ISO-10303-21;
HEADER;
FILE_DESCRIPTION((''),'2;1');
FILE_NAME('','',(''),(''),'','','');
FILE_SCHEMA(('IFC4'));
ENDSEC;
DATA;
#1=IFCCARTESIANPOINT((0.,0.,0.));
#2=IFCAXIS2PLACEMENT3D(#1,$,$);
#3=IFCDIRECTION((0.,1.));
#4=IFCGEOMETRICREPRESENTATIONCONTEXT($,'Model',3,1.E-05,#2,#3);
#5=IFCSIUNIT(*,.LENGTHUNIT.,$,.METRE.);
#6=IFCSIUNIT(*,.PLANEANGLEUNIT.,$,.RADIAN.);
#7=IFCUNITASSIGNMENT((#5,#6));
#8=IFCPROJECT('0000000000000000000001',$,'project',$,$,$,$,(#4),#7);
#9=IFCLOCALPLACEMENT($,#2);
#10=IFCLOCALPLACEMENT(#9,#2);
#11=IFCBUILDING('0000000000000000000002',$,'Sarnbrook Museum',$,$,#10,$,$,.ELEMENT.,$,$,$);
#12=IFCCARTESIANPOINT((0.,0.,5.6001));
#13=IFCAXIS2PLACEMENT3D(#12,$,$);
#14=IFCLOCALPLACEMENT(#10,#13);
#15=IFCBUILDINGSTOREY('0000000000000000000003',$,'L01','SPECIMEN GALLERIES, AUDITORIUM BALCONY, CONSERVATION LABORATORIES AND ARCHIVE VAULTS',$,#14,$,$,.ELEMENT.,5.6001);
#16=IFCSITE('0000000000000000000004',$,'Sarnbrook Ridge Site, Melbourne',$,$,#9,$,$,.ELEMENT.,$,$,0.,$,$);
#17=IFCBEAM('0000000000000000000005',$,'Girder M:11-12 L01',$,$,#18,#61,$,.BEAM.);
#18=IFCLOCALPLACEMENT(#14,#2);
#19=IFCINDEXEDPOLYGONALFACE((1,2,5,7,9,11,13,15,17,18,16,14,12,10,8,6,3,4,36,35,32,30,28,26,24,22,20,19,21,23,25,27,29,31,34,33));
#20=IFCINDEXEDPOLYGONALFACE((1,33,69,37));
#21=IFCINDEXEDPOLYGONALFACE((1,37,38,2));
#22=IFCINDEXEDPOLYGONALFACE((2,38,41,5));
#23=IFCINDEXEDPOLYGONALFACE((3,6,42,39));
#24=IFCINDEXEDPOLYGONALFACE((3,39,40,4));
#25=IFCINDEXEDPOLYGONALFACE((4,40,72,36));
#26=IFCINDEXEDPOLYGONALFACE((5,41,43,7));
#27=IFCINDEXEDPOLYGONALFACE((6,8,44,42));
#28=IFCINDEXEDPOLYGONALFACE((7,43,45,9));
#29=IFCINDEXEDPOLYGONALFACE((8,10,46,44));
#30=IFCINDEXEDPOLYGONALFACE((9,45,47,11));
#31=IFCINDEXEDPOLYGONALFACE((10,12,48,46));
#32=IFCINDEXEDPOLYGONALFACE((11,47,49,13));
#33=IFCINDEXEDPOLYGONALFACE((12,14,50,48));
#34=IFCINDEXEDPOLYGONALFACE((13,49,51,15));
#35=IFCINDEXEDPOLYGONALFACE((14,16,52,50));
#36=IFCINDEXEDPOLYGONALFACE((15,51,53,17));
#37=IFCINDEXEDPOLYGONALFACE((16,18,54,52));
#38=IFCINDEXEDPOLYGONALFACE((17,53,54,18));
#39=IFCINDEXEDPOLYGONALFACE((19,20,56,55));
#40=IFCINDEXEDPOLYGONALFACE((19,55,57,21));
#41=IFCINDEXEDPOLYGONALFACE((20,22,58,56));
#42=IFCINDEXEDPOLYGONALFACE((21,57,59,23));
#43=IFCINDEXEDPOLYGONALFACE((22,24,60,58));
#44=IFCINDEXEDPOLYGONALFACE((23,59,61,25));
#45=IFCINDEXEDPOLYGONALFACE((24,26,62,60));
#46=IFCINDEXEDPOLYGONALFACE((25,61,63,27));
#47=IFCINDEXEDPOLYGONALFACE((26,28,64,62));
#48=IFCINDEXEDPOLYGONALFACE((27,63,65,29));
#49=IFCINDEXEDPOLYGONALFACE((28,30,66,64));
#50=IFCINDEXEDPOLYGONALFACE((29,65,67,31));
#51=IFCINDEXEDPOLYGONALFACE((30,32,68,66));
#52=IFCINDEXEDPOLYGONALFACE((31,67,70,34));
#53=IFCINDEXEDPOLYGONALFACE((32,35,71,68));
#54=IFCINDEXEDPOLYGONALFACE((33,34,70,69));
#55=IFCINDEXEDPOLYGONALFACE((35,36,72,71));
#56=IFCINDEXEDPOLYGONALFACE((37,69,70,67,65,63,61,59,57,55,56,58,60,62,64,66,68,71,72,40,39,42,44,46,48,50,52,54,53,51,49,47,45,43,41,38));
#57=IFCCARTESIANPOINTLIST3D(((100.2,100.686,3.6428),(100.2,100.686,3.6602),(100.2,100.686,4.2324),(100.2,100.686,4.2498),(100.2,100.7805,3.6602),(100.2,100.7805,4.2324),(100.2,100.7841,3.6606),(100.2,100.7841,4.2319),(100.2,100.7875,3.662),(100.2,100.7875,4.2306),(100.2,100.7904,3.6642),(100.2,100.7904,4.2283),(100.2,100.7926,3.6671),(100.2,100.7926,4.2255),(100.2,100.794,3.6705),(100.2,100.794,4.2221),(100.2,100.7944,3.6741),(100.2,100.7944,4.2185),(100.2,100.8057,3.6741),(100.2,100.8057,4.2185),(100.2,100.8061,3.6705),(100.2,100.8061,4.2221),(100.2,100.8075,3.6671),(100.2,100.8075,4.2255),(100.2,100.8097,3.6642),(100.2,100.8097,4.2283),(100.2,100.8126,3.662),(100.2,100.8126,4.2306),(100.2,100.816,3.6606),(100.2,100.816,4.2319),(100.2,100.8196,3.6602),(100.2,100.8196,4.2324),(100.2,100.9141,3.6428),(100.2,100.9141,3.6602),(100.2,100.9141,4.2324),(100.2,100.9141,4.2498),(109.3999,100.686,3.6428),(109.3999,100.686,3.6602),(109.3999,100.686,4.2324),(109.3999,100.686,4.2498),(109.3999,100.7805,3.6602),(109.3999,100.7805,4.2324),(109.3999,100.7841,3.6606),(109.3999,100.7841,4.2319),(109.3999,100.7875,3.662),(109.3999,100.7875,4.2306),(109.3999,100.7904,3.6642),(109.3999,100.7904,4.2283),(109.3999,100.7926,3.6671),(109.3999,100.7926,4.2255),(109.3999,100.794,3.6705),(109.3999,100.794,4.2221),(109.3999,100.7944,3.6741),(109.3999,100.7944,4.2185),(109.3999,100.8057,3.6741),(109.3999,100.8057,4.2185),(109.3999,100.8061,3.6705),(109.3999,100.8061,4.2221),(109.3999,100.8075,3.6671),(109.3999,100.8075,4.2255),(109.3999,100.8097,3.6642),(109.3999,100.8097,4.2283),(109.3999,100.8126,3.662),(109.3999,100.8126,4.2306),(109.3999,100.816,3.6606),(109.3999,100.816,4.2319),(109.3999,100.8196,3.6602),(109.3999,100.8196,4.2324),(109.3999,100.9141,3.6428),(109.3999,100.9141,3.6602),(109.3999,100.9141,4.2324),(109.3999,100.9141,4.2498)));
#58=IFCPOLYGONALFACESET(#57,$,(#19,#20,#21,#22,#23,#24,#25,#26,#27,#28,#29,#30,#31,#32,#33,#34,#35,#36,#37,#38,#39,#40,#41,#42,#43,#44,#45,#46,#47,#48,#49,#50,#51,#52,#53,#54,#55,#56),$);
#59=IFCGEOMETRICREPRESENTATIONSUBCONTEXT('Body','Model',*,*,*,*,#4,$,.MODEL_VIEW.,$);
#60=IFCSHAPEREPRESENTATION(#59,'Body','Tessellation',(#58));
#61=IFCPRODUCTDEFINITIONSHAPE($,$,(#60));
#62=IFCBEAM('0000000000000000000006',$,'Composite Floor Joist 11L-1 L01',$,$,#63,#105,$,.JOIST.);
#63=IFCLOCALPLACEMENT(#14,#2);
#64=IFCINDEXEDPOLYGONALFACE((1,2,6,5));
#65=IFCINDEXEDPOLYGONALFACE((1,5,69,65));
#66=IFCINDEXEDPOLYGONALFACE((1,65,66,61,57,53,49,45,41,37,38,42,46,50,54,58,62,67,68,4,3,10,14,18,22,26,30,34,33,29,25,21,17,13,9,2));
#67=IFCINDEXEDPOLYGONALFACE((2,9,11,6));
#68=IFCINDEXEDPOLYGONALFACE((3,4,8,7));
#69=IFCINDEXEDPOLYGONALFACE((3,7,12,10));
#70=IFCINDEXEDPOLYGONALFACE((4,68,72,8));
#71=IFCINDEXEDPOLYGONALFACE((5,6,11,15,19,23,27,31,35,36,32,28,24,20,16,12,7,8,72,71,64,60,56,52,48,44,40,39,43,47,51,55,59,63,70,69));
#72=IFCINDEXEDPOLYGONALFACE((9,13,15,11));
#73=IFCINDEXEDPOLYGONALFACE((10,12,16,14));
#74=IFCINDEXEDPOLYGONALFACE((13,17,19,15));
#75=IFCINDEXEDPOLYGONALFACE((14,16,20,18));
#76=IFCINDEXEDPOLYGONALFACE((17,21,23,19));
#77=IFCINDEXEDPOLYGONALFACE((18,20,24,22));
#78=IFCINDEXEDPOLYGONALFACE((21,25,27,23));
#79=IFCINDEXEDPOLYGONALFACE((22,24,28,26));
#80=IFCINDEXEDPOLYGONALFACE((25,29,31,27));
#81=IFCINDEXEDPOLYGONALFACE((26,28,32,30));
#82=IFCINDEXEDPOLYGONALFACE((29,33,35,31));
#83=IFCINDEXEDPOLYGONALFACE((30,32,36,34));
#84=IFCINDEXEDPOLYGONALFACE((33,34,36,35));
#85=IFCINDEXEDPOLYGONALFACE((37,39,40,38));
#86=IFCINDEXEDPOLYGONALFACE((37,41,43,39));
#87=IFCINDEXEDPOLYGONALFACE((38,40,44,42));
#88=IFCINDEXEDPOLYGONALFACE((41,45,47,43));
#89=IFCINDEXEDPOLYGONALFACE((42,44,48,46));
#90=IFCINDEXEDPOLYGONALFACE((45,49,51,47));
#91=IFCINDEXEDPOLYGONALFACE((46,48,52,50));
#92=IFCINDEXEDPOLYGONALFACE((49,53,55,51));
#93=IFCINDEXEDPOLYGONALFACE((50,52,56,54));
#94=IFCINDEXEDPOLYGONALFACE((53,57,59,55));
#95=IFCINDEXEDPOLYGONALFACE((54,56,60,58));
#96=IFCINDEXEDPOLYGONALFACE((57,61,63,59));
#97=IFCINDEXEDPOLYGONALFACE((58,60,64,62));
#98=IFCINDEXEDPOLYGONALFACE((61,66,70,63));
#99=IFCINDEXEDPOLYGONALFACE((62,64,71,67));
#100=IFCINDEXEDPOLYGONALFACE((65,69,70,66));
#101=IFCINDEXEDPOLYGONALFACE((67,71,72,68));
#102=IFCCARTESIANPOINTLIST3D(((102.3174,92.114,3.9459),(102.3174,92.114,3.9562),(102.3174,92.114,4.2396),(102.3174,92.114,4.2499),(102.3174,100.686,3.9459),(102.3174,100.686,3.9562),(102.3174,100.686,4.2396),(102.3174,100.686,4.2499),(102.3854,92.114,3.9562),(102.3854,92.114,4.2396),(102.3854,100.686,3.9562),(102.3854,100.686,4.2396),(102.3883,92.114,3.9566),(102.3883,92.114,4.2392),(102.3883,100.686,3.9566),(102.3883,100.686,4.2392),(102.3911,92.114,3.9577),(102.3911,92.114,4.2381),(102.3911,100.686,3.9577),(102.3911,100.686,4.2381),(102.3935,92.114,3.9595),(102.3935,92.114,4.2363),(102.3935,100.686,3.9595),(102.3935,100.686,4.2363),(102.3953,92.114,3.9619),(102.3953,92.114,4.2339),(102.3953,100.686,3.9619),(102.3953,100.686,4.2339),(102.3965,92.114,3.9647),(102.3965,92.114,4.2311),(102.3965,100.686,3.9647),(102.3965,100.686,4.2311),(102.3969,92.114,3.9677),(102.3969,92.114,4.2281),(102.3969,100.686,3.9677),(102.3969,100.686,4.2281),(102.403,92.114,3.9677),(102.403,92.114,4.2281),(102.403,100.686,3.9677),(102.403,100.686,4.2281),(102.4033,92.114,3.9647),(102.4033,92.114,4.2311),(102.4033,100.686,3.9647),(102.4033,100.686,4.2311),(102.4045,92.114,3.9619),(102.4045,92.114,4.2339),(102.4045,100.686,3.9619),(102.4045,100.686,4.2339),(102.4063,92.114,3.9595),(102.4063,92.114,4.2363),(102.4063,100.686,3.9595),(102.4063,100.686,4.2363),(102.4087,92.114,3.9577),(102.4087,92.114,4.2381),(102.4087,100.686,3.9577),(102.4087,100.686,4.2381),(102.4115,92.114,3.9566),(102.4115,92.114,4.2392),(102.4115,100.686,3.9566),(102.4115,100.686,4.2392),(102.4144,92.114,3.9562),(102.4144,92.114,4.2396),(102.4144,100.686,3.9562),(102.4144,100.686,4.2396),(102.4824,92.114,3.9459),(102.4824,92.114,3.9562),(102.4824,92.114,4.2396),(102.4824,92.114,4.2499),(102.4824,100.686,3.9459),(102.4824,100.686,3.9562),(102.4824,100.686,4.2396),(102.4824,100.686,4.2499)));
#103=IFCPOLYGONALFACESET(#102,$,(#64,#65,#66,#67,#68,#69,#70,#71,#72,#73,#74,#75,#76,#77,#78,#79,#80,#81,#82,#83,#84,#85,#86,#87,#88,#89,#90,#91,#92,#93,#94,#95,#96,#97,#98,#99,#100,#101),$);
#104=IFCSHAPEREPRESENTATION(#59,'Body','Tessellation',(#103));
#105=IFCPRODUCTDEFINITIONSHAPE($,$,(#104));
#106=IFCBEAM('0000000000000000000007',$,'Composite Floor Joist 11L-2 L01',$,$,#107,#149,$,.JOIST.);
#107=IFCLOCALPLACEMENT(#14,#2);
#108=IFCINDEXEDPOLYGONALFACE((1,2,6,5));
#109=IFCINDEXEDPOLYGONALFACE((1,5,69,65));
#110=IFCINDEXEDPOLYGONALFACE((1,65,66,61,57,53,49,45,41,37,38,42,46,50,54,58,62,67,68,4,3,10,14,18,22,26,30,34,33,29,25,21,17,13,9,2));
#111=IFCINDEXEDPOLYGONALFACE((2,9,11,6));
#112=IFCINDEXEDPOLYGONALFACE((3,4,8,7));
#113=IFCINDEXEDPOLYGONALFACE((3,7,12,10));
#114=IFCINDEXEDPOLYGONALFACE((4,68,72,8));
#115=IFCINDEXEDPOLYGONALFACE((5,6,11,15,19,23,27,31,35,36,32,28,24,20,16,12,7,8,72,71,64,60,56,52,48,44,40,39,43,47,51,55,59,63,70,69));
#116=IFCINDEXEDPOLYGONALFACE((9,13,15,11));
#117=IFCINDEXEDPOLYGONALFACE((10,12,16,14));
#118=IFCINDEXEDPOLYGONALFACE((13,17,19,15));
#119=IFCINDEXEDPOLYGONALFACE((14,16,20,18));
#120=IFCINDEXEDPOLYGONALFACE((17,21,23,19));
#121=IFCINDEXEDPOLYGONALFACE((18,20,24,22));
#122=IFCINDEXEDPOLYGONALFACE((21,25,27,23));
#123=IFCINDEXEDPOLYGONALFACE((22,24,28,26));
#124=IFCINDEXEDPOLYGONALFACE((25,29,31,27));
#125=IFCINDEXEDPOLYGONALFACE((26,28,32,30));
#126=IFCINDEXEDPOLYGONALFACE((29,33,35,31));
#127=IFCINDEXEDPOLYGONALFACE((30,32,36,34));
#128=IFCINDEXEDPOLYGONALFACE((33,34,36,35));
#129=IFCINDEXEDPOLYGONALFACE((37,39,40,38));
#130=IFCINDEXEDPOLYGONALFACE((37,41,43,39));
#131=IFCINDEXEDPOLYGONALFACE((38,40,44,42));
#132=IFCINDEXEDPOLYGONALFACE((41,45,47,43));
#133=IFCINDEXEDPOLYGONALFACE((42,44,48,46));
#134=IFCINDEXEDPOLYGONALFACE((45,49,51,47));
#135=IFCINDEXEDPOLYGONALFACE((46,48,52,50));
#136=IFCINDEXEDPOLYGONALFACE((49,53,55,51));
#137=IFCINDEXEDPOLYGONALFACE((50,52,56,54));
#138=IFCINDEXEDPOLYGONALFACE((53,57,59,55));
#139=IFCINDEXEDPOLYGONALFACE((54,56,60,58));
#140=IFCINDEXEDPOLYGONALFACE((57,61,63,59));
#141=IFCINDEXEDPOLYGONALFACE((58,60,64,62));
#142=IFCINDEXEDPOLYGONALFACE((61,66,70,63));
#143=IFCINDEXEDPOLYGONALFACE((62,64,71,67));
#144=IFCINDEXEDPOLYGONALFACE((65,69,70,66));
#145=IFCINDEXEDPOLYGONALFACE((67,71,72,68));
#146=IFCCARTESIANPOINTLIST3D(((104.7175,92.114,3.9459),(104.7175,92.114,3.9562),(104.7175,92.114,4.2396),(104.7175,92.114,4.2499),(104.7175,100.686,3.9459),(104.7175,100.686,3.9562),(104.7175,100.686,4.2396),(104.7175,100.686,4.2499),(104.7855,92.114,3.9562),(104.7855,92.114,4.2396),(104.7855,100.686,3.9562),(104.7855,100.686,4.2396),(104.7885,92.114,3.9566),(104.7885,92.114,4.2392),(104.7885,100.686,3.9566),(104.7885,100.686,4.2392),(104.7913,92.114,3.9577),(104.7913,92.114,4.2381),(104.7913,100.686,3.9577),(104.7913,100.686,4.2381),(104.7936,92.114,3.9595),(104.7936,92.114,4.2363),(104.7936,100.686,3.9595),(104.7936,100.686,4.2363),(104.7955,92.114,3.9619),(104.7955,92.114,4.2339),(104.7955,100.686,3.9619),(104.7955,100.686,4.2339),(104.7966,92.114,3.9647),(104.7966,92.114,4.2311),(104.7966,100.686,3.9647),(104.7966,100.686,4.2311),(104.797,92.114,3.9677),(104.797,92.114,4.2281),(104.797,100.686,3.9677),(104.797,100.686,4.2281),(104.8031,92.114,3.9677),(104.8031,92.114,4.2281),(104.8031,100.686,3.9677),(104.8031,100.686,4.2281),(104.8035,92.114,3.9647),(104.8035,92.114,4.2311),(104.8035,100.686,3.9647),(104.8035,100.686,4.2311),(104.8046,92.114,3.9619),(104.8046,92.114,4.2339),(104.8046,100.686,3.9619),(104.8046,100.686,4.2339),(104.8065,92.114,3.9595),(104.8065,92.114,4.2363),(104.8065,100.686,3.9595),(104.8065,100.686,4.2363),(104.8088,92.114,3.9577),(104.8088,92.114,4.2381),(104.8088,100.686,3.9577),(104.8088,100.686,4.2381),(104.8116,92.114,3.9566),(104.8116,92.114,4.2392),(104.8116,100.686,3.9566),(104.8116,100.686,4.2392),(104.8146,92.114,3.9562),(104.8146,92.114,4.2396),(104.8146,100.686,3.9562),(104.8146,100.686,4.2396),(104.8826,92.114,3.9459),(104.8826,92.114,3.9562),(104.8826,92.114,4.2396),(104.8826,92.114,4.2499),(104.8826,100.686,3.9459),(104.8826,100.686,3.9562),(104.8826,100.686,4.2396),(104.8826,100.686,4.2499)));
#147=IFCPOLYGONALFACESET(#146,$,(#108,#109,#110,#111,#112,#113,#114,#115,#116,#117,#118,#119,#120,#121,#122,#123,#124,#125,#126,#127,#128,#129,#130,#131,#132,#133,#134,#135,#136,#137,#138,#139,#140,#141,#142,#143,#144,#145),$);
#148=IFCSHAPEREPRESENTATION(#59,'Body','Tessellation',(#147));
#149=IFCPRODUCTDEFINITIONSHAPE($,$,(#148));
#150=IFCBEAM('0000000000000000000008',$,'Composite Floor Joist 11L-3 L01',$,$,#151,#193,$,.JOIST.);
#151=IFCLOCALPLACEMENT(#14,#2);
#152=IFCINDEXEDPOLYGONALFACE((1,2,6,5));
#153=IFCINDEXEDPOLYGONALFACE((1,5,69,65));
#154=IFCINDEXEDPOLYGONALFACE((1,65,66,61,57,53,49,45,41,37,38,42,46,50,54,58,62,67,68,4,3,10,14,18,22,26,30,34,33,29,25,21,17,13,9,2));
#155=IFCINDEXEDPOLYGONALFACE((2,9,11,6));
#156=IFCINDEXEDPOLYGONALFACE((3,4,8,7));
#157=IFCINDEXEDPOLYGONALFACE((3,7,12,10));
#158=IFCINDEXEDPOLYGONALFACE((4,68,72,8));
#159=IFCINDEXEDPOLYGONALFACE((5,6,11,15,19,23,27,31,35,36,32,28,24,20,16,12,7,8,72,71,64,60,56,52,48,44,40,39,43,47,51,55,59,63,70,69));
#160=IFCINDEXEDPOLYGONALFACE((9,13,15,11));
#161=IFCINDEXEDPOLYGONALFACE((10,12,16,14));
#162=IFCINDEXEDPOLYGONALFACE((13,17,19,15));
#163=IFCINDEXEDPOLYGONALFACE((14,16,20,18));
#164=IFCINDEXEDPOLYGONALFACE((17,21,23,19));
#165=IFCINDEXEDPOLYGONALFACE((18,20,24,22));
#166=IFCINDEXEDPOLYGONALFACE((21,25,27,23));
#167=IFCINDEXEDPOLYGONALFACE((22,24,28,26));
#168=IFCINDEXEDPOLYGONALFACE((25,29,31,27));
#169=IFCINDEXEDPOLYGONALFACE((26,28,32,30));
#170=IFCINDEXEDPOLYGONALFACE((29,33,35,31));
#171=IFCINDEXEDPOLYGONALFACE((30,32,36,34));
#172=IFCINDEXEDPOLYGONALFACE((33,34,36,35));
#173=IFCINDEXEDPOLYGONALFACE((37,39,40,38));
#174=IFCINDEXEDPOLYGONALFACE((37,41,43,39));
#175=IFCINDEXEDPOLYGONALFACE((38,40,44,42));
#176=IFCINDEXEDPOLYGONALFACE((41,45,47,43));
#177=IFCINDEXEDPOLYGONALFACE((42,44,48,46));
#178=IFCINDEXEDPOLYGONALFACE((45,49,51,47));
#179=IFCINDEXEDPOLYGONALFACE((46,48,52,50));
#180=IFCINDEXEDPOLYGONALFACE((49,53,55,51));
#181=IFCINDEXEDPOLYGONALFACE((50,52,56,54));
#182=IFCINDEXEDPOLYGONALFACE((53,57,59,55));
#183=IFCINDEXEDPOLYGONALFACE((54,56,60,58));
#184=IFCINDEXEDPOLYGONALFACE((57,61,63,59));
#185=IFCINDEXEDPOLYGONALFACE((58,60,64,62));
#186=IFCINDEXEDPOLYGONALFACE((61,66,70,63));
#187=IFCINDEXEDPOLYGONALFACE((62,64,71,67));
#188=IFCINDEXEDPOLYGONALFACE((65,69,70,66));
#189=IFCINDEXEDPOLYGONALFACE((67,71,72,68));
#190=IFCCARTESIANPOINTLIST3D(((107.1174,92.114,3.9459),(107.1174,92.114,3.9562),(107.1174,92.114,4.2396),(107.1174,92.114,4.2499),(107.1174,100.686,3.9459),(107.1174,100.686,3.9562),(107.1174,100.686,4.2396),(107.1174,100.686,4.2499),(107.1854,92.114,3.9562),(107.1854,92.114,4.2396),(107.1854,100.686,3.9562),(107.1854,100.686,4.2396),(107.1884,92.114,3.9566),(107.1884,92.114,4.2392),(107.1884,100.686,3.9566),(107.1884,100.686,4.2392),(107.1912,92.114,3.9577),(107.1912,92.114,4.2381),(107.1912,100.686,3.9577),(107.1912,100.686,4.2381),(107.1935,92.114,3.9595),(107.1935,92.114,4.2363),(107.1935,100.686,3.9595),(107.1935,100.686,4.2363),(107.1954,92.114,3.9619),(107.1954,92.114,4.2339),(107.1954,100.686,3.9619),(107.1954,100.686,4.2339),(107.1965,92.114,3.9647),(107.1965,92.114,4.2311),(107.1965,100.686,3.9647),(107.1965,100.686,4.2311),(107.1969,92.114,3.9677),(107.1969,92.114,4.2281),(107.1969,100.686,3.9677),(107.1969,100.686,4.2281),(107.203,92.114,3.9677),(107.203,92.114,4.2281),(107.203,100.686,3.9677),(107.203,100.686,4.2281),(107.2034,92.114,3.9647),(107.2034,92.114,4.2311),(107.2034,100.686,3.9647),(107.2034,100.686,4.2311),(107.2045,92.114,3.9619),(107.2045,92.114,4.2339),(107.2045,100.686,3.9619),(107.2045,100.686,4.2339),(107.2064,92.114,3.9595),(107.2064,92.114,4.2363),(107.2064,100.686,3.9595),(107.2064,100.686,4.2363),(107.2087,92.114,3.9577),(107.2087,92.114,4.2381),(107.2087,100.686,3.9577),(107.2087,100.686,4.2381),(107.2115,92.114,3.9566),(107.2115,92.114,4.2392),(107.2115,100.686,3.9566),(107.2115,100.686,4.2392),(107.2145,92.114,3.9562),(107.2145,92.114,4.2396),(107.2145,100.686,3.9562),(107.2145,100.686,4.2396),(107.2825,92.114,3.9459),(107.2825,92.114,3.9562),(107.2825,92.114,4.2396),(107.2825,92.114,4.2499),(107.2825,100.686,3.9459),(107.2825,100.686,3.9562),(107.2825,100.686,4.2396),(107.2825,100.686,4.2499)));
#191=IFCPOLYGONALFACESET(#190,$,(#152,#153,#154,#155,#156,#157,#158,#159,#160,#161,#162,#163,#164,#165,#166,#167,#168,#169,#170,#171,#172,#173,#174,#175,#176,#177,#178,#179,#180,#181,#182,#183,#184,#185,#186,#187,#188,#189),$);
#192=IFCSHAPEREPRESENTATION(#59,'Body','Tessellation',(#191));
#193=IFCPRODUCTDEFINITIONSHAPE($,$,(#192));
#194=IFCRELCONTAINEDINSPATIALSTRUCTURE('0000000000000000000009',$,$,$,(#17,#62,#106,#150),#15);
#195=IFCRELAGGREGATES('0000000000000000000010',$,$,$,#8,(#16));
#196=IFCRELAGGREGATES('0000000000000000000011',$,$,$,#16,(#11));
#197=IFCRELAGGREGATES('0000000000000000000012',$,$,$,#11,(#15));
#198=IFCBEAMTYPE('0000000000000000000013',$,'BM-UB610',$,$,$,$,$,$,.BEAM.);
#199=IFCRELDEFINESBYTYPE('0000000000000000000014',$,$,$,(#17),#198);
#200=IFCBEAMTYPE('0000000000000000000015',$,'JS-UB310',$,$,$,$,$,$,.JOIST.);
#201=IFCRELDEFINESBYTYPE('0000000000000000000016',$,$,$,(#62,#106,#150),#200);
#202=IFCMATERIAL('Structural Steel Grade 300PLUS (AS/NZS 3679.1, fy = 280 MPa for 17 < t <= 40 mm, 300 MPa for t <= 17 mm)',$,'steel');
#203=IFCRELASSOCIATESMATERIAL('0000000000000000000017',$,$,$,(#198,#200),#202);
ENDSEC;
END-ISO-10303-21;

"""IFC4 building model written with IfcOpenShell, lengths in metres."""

from ifc_helpers import new_model, si_unit, direction, frame, origin, origin_2d, place, context, subcontext, project, spatial, i_section, extrude, material, material_profile, profile_set, type_object, element, save


model = new_model("IFC4")

# Units and contexts
model_context = context("Model", 3, precision=1e-05, world=origin(), true_north=direction((0.0, 1.0)))
body_context = subcontext(model_context, "Body", "Model", "MODEL_VIEW")
ifc_project = project(units=[si_unit("LENGTHUNIT", "METRE"), si_unit("PLANEANGLEUNIT", "RADIAN")], contexts=[model_context])

# Site, building, storey
site_placement = place(None, origin())
site = spatial("IfcSite", under=ifc_project, at=site_placement, Name="Sarnbrook Ridge Site, Melbourne", CompositionType="ELEMENT", RefElevation=0.0)
building_placement = place(site_placement, origin())
building = spatial("IfcBuilding", under=site, at=building_placement, Name="Sarnbrook Museum", CompositionType="ELEMENT")
storey_placement = place(building_placement, frame((0.0, 0.0, 5.6001)))
storey = spatial("IfcBuildingStorey", under=building, at=storey_placement, Name="L01", Description="SPECIMEN GALLERIES, AUDITORIUM BALCONY, CONSERVATION LABORATORIES AND ARCHIVE VAULTS", CompositionType="ELEMENT", Elevation=5.6001)

# Beams
ifc_material_1 = material(Name="Structural Steel Grade 300PLUS (AS/NZS 3679.1, fy = 280 MPa for 17 < t <= 40 mm, 300 MPa for t <= 17 mm)", Category="steel")
ifc_material_profile_1 = material_profile(ifc_material_1, i_section(OverallWidth=0.228, OverallDepth=0.6069, WebThickness=0.0112, FlangeThickness=0.0173, FilletRadius=0.0139, at=origin_2d()), Name="610UB113")
ifc_profile_set_1 = profile_set([ifc_material_profile_1], Name="Structural Steel Grade 300PLUS (AS/NZS 3679.1, fy = 280 MPa for 17 < t <= 40 mm, 300 MPa for t <= 17 mm)")
beam_type_1 = type_object("IfcBeamType", Name="BM-UB610", PredefinedType="BEAM", material=ifc_profile_set_1)
for number, where, z_axis, x_axis, name in (
    (1, (100.2, 100.8, 3.9463), (1.0, 0.0, 0.0), (0.0, 1.0, 0.0), "Girder M:11-12 L01"),
):
    element("IfcBeam", number, at=place(storey_placement, frame(where, z_axis=z_axis, x_axis=x_axis)), inside=storey, type_object=beam_type_1, Name=name, PredefinedType="BEAM", context=body_context, shape_type="SweptSolid", body=[
        extrude(i_section(OverallWidth=0.228, OverallDepth=0.6069, WebThickness=0.0112, FlangeThickness=0.0173, FilletRadius=0.0139, at=origin_2d()), origin(), (0.0, 0.0, 1.0), 9.2),
    ])
ifc_material_profile_2 = material_profile(ifc_material_1, i_section(OverallWidth=0.165, OverallDepth=0.304, WebThickness=0.0061, FlangeThickness=0.0103, FilletRadius=0.0115, at=origin_2d()), Name="310UB40.4")
ifc_profile_set_2 = profile_set([ifc_material_profile_2], Name="Structural Steel Grade 300PLUS (AS/NZS 3679.1, fy = 280 MPa for 17 < t <= 40 mm, 300 MPa for t <= 17 mm)")
beam_type_2 = type_object("IfcBeamType", Name="JS-UB310", PredefinedType="JOIST", material=ifc_profile_set_2)
for number, where, z_axis, x_axis, name in (
    (2, (102.3999, 92.114, 4.0979), (0.0, 1.0, 0.0), (-1.0, 0.0, 0.0), "Composite Floor Joist 11L-1 L01"),
    (3, (104.8, 92.114, 4.0979), (0.0, 1.0, 0.0), (-1.0, 0.0, 0.0), "Composite Floor Joist 11L-2 L01"),
    (4, (107.2, 92.114, 4.0979), (0.0, 1.0, 0.0), (-1.0, 0.0, 0.0), "Composite Floor Joist 11L-3 L01"),
):
    element("IfcBeam", number, at=place(storey_placement, frame(where, z_axis=z_axis, x_axis=x_axis)), inside=storey, type_object=beam_type_2, Name=name, PredefinedType="JOIST", context=body_context, shape_type="SweptSolid", body=[
        extrude(i_section(OverallWidth=0.165, OverallDepth=0.304, WebThickness=0.0061, FlangeThickness=0.0103, FilletRadius=0.0115, at=origin_2d()), origin(), (0.0, 0.0, 1.0), 8.572),
    ])

save(model, "model.ifc")
